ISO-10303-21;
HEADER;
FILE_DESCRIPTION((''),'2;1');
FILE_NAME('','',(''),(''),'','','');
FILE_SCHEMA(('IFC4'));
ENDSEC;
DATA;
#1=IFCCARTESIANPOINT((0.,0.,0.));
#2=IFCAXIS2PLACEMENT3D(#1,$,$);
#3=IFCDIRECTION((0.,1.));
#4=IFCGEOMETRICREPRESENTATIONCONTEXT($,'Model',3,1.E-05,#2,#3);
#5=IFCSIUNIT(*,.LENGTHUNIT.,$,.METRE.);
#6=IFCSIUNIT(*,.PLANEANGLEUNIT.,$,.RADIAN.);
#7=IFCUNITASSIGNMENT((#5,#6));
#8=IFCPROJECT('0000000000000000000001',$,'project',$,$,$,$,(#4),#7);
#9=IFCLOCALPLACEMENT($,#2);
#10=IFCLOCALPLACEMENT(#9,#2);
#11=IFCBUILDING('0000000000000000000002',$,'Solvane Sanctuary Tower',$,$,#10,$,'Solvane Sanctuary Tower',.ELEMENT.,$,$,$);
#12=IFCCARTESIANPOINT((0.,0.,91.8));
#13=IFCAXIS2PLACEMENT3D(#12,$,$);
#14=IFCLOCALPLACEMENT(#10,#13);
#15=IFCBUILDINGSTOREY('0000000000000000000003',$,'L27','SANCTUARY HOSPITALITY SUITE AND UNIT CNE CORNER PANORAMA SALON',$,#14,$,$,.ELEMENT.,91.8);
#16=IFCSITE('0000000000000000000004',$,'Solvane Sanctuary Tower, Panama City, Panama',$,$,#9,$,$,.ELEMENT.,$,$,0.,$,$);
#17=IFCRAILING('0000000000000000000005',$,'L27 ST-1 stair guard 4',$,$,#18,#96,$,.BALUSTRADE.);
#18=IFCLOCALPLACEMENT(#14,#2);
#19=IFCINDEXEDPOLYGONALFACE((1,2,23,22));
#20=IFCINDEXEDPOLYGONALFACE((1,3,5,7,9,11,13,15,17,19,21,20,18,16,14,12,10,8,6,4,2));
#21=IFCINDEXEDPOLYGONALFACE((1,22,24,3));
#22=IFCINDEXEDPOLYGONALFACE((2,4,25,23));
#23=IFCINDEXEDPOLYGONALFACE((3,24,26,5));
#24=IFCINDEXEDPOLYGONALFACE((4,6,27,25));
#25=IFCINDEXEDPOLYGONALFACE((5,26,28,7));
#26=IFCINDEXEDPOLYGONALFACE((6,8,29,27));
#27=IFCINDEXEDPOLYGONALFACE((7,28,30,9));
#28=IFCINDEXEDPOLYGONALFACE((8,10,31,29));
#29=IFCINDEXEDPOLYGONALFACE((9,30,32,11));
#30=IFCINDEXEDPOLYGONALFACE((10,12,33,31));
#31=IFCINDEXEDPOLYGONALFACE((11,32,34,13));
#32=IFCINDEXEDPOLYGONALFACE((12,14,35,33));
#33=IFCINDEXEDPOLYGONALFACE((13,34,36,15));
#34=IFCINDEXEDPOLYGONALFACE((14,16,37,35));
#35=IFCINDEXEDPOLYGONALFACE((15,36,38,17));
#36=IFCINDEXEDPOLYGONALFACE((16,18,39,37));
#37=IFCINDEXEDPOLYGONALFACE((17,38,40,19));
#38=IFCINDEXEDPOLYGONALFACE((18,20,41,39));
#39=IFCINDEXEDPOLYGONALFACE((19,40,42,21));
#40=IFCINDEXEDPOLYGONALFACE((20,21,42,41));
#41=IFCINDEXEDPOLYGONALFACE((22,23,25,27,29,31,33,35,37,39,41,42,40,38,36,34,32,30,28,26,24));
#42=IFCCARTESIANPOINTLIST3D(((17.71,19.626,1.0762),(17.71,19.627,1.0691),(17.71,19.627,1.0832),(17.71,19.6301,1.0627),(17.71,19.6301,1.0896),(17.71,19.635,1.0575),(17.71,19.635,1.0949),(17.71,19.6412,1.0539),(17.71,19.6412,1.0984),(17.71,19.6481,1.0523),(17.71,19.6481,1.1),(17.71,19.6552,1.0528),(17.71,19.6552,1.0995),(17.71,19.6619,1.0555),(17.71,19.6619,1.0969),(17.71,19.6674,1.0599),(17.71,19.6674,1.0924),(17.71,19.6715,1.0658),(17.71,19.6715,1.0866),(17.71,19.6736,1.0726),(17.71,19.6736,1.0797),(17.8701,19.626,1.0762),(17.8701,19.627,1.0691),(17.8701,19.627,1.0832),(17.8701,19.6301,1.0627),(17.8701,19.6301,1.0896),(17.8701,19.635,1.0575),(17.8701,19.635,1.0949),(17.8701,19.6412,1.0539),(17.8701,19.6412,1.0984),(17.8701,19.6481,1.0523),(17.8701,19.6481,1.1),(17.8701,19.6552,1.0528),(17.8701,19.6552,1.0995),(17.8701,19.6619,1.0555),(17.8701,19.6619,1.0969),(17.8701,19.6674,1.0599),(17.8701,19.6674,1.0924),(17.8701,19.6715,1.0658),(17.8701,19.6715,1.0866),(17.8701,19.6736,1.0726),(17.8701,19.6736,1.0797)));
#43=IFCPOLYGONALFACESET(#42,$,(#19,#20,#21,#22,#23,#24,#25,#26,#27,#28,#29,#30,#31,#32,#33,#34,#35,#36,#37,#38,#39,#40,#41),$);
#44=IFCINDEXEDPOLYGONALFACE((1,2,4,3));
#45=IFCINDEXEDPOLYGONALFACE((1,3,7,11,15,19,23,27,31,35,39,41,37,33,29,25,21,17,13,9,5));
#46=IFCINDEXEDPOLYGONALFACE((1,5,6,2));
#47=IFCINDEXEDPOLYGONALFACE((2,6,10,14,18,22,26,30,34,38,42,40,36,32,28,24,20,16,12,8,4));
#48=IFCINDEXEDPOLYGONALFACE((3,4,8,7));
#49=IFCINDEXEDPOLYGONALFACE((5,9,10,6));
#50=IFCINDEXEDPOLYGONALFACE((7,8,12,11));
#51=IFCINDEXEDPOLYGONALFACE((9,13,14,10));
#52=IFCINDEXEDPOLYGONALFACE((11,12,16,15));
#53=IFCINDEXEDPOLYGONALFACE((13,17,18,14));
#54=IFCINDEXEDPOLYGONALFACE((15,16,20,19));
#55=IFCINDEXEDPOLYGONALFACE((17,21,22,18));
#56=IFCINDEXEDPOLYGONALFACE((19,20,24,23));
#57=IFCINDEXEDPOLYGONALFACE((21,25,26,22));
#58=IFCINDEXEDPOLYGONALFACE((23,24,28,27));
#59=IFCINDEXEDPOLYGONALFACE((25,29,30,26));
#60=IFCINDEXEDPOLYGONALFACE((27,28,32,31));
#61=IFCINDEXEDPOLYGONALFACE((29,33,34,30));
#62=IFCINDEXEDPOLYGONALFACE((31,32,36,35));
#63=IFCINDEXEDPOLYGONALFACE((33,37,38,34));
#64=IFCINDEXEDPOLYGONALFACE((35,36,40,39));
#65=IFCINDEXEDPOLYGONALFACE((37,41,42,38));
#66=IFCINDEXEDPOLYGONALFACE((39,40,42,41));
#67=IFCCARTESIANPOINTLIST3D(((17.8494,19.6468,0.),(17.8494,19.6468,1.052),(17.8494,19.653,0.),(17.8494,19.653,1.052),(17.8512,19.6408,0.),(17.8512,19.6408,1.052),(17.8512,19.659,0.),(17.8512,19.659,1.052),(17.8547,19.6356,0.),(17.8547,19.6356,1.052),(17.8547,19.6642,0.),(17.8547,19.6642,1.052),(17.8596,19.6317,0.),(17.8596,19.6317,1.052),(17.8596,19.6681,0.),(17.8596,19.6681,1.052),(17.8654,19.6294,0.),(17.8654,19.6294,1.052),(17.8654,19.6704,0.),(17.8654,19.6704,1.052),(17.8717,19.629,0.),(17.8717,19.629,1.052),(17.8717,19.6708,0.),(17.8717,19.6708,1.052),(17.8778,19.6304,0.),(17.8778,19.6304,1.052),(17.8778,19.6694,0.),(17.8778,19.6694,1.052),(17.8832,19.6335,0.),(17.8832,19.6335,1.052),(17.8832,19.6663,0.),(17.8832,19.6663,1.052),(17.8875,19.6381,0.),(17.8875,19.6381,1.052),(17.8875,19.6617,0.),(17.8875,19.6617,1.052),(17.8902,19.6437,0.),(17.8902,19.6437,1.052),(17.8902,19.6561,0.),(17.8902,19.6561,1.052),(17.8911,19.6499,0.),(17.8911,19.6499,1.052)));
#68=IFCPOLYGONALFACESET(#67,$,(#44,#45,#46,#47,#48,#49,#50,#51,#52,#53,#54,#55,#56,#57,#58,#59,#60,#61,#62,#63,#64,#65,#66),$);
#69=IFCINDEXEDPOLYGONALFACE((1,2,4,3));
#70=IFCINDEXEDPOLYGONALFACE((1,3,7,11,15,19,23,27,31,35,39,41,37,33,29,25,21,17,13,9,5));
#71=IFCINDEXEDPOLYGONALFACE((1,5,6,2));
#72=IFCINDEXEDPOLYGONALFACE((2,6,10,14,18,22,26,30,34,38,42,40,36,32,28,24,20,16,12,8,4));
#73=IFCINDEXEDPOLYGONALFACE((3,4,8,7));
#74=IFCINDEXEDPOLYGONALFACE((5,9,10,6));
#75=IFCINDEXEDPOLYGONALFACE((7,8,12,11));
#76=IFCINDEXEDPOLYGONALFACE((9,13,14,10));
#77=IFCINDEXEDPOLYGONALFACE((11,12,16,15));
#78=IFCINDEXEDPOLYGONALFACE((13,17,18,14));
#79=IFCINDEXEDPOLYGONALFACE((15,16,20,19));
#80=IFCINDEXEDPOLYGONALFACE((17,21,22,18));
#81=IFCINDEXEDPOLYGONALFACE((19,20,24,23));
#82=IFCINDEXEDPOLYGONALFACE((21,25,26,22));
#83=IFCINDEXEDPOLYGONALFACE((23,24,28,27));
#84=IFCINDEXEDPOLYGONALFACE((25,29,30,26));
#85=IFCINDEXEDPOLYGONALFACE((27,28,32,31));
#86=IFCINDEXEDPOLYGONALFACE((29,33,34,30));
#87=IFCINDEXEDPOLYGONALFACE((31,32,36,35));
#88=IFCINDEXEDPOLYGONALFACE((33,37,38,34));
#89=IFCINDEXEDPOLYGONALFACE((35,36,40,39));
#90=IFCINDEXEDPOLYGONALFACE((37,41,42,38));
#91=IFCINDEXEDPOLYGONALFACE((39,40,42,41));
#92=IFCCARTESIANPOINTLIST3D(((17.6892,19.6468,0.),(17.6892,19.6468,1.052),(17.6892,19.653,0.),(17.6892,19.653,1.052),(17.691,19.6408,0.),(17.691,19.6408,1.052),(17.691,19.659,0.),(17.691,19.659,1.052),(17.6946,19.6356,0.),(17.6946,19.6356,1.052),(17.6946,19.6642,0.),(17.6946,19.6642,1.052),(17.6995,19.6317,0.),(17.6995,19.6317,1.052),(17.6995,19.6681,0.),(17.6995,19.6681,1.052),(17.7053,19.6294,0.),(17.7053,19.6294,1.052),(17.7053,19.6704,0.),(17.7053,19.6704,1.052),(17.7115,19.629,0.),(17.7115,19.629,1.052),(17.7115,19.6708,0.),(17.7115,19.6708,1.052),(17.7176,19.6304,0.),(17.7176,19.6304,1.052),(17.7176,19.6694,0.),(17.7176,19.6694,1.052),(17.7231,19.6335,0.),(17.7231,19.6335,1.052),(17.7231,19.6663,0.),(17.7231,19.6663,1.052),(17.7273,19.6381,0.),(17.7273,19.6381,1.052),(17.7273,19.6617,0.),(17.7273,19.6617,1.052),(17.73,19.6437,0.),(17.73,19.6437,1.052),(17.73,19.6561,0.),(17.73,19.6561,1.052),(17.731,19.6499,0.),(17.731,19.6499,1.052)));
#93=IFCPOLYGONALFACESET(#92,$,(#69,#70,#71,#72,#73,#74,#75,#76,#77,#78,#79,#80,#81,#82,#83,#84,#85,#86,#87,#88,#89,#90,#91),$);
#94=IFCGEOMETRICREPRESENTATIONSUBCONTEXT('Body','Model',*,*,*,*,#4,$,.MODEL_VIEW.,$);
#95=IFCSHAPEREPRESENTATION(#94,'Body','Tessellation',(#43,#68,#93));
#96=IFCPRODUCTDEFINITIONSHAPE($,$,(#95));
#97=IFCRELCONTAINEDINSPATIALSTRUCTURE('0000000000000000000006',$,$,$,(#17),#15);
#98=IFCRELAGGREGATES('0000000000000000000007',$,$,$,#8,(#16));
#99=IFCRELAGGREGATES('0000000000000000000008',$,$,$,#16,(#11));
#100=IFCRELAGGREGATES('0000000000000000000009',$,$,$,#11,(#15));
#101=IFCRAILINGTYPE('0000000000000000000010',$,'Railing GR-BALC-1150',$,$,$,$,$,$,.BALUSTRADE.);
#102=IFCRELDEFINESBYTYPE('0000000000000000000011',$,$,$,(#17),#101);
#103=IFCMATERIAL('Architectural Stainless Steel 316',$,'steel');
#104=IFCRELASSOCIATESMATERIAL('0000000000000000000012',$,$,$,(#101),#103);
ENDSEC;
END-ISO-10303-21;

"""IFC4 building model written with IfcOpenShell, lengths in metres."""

from ifc_helpers import new_model, si_unit, direction, frame, origin, origin_2d, place, context, subcontext, project, spatial, circle, extrude, material, type_object, element, save


model = new_model("IFC4")

# Units and contexts
model_context = context("Model", 3, precision=1e-05, world=origin(), true_north=direction((0.0, 1.0)))
body_context = subcontext(model_context, "Body", "Model", "MODEL_VIEW")
ifc_project = project(units=[si_unit("LENGTHUNIT", "METRE"), si_unit("PLANEANGLEUNIT", "RADIAN")], contexts=[model_context])

# Site, building, storey
site_placement = place(None, origin())
site = spatial("IfcSite", under=ifc_project, at=site_placement, Name="Solvane Sanctuary Tower, Panama City, Panama", CompositionType="ELEMENT", RefElevation=0.0)
building_placement = place(site_placement, origin())
building = spatial("IfcBuilding", under=site, at=building_placement, Name="Solvane Sanctuary Tower", LongName="Solvane Sanctuary Tower", CompositionType="ELEMENT")
storey_placement = place(building_placement, frame((0.0, 0.0, 91.8)))
storey = spatial("IfcBuildingStorey", under=building, at=storey_placement, Name="L27", Description="SANCTUARY HOSPITALITY SUITE AND UNIT CNE CORNER PANORAMA SALON", CompositionType="ELEMENT", Elevation=91.8)

# Shared definitions
ifc_material_1 = material(Name="Architectural Stainless Steel 316", Category="steel")

# Railing
railing_type_1 = type_object("IfcRailingType", Name="Railing GR-BALC-1150", PredefinedType="BALUSTRADE", material=ifc_material_1)
railing_1_placement = place(storey_placement, frame((17.8701, 19.6499, 0.0)))
element("IfcRailing", 1, at=railing_1_placement, inside=storey, type_object=railing_type_1, Name="L27 ST-1 stair guard 4", PredefinedType="BALUSTRADE", context=body_context, shape_type="SweptSolid", body=[
    extrude(circle(Radius=0.0239, at=origin_2d()), frame((0.0, 0.0, 1.0762), z_axis=(-1.0, 0.0, 0.0), x_axis=(0.0, -1.0, 0.0)), (0.0, 0.0, 1.0), 0.1602),
    extrude(circle(Radius=0.021, at=origin_2d()), origin(), (0.0, 0.0, 1.0), 1.052),
    extrude(circle(Radius=0.021, at=origin_2d()), frame((-0.1602, 0.0, 0.0)), (0.0, 0.0, 1.0), 1.052),
])

save(model, "model.ifc")
